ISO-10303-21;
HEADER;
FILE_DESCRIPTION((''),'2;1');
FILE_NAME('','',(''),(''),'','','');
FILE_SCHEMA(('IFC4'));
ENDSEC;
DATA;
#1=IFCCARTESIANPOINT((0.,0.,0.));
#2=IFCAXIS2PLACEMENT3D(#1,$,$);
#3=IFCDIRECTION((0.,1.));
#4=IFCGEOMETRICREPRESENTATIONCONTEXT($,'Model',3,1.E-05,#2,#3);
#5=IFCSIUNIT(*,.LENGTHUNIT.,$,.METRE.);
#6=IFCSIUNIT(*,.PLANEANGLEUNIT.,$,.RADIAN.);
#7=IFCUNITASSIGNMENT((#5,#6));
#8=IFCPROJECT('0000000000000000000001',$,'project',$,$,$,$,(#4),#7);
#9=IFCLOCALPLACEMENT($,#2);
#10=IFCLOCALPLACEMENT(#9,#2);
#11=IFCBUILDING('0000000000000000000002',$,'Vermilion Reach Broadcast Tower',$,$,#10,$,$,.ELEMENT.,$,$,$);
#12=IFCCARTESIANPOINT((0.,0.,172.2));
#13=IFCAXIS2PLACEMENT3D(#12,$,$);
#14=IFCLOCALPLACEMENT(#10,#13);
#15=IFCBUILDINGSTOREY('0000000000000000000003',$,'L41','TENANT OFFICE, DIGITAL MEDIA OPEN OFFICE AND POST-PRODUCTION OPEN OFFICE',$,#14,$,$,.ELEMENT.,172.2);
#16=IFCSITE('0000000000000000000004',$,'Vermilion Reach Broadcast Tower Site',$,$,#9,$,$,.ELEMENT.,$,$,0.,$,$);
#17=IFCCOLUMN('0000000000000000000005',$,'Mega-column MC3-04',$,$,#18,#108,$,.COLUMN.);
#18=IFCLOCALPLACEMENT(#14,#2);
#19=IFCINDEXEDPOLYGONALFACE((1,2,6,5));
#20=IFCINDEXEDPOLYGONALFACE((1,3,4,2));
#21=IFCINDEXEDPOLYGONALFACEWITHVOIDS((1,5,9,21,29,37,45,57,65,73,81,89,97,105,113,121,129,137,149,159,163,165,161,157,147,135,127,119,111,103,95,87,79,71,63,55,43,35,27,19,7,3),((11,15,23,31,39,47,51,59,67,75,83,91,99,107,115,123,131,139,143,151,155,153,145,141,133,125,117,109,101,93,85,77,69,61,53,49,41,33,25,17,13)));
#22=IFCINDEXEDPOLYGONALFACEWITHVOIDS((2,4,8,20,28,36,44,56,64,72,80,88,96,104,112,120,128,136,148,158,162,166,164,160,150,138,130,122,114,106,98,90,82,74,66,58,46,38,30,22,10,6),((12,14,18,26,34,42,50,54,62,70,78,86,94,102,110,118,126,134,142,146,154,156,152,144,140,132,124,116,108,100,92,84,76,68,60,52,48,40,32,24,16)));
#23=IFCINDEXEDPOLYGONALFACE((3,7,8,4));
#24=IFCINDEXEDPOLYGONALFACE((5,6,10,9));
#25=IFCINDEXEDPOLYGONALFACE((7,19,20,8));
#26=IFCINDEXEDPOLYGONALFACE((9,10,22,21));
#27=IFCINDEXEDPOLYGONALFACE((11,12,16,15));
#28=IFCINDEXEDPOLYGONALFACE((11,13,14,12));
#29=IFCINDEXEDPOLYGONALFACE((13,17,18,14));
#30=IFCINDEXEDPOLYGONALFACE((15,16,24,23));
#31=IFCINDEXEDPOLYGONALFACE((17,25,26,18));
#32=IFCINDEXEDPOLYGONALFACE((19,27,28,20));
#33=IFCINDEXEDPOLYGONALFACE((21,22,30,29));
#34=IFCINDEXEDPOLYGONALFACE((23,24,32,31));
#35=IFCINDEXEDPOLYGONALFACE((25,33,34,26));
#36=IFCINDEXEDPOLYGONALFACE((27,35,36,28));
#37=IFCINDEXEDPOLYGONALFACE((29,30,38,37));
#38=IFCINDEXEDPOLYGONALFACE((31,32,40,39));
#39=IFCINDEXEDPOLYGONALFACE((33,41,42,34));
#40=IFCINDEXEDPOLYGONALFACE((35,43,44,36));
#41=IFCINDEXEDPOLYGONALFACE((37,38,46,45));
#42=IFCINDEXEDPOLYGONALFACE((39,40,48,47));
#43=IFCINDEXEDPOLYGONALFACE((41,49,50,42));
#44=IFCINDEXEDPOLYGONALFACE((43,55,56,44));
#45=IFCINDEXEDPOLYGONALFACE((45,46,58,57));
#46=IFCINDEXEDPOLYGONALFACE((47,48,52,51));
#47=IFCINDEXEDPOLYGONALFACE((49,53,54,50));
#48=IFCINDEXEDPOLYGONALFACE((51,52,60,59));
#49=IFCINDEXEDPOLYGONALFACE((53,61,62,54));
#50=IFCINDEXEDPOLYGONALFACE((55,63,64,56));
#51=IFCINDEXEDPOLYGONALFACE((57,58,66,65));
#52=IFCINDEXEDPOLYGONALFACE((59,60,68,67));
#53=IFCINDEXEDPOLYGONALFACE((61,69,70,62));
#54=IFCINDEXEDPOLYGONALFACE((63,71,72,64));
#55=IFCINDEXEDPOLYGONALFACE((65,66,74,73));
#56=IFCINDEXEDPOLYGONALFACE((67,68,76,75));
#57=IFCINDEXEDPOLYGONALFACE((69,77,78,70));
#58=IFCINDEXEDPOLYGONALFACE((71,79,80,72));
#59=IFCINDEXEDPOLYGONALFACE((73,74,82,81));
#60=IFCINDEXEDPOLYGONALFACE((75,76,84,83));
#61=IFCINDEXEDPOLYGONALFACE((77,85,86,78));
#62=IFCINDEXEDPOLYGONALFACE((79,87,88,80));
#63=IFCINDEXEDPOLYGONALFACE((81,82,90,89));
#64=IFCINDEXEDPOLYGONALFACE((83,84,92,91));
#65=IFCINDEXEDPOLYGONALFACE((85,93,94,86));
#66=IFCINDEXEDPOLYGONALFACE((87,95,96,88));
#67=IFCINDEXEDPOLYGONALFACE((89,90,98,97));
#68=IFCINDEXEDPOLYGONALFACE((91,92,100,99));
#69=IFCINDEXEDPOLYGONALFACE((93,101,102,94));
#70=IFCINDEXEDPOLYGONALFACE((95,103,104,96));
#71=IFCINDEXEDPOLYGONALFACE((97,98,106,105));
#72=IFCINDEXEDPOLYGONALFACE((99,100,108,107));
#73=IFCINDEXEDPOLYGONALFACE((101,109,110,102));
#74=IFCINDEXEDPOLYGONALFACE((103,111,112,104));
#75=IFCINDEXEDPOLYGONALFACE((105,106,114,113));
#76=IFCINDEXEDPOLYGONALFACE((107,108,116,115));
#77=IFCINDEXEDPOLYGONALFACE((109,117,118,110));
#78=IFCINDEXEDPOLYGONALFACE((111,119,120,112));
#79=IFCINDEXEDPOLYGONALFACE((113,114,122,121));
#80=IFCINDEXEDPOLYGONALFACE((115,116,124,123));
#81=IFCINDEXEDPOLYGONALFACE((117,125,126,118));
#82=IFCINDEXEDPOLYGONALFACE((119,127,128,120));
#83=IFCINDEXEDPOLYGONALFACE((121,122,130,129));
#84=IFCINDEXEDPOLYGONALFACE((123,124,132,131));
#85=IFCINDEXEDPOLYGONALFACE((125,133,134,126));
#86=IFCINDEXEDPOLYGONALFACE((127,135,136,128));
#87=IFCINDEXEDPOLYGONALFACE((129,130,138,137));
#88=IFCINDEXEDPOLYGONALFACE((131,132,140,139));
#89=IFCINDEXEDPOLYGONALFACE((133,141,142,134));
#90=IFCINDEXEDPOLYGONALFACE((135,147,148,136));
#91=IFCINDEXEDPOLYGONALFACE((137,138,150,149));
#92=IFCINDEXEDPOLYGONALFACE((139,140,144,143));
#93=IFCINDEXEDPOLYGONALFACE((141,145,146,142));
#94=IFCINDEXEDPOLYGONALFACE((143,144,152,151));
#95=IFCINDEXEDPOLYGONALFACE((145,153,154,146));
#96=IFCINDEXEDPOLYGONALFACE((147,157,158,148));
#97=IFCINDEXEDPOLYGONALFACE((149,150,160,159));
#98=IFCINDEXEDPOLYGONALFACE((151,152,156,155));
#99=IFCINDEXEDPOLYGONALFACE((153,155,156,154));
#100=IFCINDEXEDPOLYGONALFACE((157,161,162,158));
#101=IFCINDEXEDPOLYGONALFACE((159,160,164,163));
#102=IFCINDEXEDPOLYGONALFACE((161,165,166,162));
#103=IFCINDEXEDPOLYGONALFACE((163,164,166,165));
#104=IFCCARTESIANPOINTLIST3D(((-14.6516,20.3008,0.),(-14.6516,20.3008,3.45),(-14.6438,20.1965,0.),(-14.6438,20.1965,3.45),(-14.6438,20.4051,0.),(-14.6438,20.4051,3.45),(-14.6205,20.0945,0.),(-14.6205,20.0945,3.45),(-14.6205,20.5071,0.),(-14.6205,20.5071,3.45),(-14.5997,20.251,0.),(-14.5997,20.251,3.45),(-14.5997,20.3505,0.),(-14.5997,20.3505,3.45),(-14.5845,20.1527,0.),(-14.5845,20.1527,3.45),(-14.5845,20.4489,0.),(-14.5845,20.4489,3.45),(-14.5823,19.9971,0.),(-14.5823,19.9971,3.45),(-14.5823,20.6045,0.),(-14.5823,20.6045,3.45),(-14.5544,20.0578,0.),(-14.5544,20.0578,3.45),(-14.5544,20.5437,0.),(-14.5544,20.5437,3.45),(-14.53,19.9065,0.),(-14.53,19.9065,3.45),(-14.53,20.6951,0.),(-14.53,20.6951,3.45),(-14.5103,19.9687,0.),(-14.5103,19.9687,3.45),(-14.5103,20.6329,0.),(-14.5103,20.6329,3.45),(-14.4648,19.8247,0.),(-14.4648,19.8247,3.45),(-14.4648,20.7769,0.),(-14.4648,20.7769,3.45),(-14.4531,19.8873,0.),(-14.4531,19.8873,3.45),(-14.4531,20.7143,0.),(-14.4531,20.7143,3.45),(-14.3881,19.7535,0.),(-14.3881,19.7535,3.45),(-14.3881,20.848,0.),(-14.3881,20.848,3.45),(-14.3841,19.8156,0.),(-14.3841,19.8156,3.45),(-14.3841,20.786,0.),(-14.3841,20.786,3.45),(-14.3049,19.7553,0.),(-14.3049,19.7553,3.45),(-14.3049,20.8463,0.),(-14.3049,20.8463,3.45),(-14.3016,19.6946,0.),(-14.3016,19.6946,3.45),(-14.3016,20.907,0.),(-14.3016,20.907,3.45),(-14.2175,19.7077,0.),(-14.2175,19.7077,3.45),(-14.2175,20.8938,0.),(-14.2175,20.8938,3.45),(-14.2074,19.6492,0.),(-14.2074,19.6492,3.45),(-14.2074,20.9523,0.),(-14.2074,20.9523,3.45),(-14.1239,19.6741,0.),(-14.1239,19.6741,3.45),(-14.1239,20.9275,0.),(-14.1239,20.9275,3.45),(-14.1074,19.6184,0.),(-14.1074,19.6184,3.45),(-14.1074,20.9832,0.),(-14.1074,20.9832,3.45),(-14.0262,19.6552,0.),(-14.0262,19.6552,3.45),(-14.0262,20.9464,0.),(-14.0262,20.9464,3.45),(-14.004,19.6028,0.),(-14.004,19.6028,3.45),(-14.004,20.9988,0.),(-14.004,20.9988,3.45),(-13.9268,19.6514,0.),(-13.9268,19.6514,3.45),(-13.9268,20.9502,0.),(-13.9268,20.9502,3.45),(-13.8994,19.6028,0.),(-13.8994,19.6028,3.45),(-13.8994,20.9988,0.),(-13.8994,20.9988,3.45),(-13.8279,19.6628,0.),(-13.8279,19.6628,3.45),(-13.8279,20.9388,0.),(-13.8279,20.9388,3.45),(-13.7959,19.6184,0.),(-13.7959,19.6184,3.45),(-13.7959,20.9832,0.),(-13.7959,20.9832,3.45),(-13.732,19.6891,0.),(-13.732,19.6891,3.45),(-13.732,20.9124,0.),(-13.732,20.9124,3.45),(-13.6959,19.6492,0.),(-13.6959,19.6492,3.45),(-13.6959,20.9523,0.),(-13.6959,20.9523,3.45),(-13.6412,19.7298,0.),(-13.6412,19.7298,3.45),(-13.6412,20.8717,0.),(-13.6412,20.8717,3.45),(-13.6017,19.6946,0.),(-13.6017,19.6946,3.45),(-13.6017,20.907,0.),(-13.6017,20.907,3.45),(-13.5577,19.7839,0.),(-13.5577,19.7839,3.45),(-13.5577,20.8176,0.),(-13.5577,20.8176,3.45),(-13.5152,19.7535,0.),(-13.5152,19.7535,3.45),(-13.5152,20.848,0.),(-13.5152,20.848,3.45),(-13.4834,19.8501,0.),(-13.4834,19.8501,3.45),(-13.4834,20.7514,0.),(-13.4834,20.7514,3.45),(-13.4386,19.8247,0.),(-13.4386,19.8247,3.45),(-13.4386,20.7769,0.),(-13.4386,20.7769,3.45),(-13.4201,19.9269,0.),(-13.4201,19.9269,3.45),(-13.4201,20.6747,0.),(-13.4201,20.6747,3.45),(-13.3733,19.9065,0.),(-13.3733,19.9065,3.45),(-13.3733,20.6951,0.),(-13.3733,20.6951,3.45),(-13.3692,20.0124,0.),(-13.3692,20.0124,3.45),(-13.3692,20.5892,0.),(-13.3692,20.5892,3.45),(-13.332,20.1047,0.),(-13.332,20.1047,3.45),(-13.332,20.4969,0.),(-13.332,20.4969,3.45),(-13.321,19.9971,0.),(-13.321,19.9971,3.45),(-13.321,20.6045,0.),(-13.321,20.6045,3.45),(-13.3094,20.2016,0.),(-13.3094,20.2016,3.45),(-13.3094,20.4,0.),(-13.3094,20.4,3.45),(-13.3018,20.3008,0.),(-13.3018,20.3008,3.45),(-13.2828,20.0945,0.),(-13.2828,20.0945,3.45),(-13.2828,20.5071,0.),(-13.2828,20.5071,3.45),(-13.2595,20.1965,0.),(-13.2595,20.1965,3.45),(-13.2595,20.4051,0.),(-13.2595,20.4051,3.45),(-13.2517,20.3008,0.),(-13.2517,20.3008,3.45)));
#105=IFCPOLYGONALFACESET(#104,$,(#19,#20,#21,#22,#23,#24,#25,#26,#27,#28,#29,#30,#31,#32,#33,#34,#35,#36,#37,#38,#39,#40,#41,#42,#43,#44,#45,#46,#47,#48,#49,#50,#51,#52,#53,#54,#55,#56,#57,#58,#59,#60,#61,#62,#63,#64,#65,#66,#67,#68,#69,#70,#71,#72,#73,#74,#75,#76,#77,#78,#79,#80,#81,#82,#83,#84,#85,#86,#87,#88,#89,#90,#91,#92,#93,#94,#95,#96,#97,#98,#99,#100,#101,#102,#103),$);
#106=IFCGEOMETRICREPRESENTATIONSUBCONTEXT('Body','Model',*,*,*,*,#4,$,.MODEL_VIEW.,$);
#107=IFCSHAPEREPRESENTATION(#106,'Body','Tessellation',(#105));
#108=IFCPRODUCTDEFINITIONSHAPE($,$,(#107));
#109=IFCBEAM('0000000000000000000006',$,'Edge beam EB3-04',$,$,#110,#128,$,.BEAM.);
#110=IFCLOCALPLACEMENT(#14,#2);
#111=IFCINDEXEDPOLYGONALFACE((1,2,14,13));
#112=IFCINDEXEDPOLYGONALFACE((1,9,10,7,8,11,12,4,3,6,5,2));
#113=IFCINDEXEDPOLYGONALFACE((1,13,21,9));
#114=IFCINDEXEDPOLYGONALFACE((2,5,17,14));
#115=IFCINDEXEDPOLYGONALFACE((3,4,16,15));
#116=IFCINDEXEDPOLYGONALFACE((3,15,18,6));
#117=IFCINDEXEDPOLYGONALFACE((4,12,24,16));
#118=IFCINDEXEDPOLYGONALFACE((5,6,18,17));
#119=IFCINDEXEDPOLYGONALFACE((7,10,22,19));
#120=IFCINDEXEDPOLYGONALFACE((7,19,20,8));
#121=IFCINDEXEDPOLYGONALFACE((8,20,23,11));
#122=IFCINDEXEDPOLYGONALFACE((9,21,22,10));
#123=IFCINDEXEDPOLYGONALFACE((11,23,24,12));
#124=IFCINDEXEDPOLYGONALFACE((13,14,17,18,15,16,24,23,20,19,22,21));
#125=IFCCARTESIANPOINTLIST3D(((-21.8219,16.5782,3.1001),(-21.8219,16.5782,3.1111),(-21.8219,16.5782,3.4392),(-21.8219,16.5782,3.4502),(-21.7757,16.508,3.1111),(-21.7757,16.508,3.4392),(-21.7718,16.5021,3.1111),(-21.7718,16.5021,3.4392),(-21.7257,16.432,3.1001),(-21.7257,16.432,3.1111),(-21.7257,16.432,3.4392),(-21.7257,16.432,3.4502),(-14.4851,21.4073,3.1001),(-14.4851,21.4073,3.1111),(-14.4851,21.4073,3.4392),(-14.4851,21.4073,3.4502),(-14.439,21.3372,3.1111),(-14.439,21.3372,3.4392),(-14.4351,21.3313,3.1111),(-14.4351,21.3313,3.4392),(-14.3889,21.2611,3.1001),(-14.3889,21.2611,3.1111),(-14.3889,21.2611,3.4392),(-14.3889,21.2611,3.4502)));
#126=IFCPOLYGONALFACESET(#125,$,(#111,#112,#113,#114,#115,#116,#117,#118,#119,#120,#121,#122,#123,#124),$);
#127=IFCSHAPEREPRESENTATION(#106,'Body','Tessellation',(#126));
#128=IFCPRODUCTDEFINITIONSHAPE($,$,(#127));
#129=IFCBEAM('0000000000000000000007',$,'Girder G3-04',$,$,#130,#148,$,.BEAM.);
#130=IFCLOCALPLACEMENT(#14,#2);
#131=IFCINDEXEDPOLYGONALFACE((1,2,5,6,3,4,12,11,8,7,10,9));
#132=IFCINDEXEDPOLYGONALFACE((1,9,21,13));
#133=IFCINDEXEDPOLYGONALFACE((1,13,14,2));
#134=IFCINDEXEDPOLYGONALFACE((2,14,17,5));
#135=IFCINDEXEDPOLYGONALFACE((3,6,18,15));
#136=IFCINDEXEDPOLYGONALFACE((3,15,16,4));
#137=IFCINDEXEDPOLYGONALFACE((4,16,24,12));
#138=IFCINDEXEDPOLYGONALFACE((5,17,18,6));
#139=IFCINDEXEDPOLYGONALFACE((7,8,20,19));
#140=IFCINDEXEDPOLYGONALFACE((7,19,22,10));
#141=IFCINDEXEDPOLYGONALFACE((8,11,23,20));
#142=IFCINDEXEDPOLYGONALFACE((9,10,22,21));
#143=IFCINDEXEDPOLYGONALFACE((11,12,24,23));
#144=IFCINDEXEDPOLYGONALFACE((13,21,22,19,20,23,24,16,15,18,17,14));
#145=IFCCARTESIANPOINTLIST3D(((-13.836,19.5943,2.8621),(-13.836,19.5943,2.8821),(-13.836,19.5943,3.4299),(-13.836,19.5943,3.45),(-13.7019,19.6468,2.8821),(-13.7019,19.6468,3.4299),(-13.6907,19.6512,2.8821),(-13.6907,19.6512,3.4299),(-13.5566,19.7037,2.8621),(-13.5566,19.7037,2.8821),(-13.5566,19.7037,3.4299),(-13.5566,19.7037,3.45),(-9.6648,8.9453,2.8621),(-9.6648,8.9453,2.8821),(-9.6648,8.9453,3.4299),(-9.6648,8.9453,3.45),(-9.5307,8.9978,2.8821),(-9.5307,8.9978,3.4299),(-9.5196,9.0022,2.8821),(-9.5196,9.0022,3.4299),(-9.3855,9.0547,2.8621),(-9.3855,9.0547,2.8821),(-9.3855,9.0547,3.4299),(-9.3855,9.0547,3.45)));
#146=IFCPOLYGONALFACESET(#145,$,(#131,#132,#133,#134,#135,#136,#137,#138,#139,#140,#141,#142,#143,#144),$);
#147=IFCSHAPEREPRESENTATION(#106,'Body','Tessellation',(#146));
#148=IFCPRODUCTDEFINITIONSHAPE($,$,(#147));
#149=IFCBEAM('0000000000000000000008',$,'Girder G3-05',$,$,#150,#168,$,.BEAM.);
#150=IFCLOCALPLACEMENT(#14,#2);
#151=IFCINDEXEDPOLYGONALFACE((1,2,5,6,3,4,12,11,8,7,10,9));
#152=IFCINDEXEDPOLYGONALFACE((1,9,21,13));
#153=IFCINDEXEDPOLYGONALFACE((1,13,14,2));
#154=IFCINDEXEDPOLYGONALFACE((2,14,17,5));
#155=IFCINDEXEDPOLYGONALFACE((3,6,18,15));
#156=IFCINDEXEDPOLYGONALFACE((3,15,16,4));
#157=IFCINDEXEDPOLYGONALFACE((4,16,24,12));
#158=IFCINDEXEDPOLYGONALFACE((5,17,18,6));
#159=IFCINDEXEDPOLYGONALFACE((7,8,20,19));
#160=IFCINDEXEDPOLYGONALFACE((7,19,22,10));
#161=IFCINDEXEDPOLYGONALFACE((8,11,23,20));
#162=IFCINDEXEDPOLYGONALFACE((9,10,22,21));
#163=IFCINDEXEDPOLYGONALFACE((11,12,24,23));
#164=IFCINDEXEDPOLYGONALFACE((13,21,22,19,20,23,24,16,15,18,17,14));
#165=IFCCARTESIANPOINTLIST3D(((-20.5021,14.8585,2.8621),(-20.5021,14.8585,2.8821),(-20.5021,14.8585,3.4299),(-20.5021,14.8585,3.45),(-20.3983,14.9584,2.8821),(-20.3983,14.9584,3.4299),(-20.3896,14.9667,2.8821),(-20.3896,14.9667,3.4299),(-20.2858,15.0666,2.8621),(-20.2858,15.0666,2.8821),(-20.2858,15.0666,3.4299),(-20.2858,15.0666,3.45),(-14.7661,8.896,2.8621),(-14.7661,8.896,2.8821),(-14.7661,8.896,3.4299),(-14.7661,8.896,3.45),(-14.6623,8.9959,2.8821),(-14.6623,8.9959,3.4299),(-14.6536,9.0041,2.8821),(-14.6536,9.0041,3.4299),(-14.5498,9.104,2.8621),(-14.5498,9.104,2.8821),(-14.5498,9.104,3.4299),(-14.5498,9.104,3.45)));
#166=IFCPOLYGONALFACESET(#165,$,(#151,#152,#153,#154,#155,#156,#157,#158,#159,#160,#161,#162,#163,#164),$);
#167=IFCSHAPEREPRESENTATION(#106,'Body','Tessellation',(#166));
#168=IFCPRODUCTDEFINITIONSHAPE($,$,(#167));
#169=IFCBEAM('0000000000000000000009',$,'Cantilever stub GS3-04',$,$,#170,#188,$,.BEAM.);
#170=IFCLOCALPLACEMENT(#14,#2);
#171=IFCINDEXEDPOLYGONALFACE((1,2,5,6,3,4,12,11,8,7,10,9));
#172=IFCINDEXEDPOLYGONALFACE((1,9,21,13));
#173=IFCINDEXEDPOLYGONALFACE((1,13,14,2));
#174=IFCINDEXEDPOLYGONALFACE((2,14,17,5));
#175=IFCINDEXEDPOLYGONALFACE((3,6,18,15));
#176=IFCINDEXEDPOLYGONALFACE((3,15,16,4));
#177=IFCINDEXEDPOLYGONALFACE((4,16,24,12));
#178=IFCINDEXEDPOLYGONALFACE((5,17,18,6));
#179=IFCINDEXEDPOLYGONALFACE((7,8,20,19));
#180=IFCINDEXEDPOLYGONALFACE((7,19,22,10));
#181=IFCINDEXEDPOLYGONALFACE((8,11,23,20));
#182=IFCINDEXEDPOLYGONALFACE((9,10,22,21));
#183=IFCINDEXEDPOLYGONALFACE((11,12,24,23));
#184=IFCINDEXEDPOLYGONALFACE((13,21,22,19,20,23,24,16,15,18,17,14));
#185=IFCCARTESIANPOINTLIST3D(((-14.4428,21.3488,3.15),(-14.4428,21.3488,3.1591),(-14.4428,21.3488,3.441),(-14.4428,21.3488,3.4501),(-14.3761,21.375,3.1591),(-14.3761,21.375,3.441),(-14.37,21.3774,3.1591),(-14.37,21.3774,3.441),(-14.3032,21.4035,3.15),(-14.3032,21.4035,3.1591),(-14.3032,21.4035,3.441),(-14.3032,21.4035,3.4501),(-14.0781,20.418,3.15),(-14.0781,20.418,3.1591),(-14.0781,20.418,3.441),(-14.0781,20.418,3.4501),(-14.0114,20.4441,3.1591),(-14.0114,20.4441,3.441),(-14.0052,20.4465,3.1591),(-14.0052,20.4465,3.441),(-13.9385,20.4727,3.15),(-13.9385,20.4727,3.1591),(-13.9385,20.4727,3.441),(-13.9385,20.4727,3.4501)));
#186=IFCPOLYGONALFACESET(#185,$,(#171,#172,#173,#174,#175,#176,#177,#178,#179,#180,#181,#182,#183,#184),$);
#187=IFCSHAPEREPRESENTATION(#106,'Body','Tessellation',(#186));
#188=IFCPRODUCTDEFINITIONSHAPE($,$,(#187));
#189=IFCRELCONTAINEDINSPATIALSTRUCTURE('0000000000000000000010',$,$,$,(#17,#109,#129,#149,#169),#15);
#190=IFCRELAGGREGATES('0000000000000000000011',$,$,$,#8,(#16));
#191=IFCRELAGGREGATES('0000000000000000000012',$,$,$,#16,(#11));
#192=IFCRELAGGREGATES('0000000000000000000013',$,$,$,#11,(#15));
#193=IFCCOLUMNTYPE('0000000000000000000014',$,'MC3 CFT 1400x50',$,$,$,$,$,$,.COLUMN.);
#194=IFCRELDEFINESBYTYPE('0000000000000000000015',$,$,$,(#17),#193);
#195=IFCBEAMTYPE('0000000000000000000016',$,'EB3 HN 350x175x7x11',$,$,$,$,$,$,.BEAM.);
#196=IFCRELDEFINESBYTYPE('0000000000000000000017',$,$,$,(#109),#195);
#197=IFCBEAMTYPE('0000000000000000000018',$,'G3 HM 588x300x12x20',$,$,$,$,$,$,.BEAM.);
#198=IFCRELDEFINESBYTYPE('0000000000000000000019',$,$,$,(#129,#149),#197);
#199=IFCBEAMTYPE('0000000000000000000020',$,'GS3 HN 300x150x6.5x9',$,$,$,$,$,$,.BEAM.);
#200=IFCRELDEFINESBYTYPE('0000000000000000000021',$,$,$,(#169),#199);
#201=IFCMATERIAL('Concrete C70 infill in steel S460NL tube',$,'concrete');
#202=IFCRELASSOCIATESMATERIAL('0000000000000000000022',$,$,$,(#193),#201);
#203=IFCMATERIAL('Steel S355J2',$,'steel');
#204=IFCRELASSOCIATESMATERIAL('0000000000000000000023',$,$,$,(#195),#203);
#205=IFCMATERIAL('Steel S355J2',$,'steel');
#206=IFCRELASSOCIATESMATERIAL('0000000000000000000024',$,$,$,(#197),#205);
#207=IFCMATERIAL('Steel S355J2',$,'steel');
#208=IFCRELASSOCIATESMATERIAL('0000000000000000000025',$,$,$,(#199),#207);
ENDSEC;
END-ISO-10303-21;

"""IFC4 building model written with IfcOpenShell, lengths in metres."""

from ifc_helpers import new_model, si_unit, direction, frame, origin, origin_2d, place, context, subcontext, project, spatial, hollow_circle, i_section, extrude, material, material_profile, profile_set, type_object, element, save


model = new_model("IFC4")

# Units and contexts
model_context = context("Model", 3, precision=1e-05, world=origin(), true_north=direction((0.0, 1.0)))
body_context = subcontext(model_context, "Body", "Model", "MODEL_VIEW")
ifc_project = project(units=[si_unit("LENGTHUNIT", "METRE"), si_unit("PLANEANGLEUNIT", "RADIAN")], contexts=[model_context])

# Site, building, storey
site_placement = place(None, origin())
site = spatial("IfcSite", under=ifc_project, at=site_placement, Name="Vermilion Reach Broadcast Tower Site", CompositionType="ELEMENT", RefElevation=0.0)
building_placement = place(site_placement, origin())
building = spatial("IfcBuilding", under=site, at=building_placement, Name="Vermilion Reach Broadcast Tower", CompositionType="ELEMENT")
storey_placement = place(building_placement, frame((0.0, 0.0, 172.2)))
storey = spatial("IfcBuildingStorey", under=building, at=storey_placement, Name="L41", Description="TENANT OFFICE, DIGITAL MEDIA OPEN OFFICE AND POST-PRODUCTION OPEN OFFICE", CompositionType="ELEMENT", Elevation=172.2)

# Column
ifc_material_1 = material(Name="Concrete C70 infill in steel S460NL tube", Category="concrete")
ifc_material_profile_1 = material_profile(ifc_material_1, hollow_circle(Radius=0.7, WallThickness=0.05, at=origin_2d()), Name="Concrete C70 infill in steel S460NL tube CFT 1400x50")
ifc_profile_set_1 = profile_set([ifc_material_profile_1], Name="Concrete C70 infill in steel S460NL tube")
column_type = type_object("IfcColumnType", Name="MC3 CFT 1400x50", PredefinedType="COLUMN", material=ifc_profile_set_1)
column_placement = place(storey_placement, frame((-13.9517, 20.3008, 0.0), z_axis=(0.0, 0.0, 1.0), x_axis=(1.0, 0.0, 0.0)))
element("IfcColumn", 1, at=column_placement, inside=storey, type_object=column_type, Name="Mega-column MC3-04", PredefinedType="COLUMN", context=body_context, shape_type="SweptSolid", body=[
    extrude(hollow_circle(Radius=0.7, WallThickness=0.05, at=origin_2d()), origin(), (0.0, 0.0, 1.0), 3.45),
])

# Beams
ifc_material_2 = material(Name="Steel S355J2", Category="steel")
ifc_material_profile_2 = material_profile(ifc_material_2, i_section(OverallWidth=0.175, OverallDepth=0.3501, WebThickness=0.0071, FlangeThickness=0.011, at=origin_2d()), Name="S355J2 HN 350x175x7x11")
ifc_profile_set_2 = profile_set([ifc_material_profile_2], Name="Steel S355J2")
beam_type_1 = type_object("IfcBeamType", Name="EB3 HN 350x175x7x11", PredefinedType="BEAM", material=ifc_profile_set_2)
beam_1_placement = place(storey_placement, frame((-14.437, 21.3342, 3.2751), z_axis=(-0.835294, -0.549803, 0.0), x_axis=(0.549803, -0.835294, 0.0)))
element("IfcBeam", 2, at=beam_1_placement, inside=storey, type_object=beam_type_1, Name="Edge beam EB3-04", PredefinedType="BEAM", context=body_context, shape_type="SweptSolid", body=[
    extrude(i_section(OverallWidth=0.175, OverallDepth=0.3501, WebThickness=0.0071, FlangeThickness=0.011, at=origin_2d()), origin(), (0.0, 0.0, 1.0), 8.7834),
])
ifc_material_3 = material(Name="Steel S355J2", Category="steel")
ifc_material_profile_3 = material_profile(ifc_material_3, i_section(OverallWidth=0.3, OverallDepth=0.5879, WebThickness=0.012, FlangeThickness=0.02, at=origin_2d()), Name="S355J2 HM 588x300x12x20")
ifc_profile_set_3 = profile_set([ifc_material_profile_3], Name="Steel S355J2")
beam_type_2 = type_object("IfcBeamType", Name="G3 HM 588x300x12x20", PredefinedType="BEAM", material=ifc_profile_set_3)
beam_2_placement = place(storey_placement, frame((-9.5251, 9.0, 3.156), z_axis=(-0.364716, 0.931119, 0.0), x_axis=(-0.931119, -0.364716, 0.0)))
element("IfcBeam", 3, at=beam_2_placement, inside=storey, type_object=beam_type_2, Name="Girder G3-04", PredefinedType="BEAM", context=body_context, shape_type="SweptSolid", body=[
    extrude(i_section(OverallWidth=0.3, OverallDepth=0.5879, WebThickness=0.012, FlangeThickness=0.02, at=origin_2d()), origin(), (0.0, 0.0, 1.0), 11.4368),
])
beam_3_placement = place(storey_placement, frame((-14.658, 9.0, 3.156), z_axis=(-0.693283, 0.720666, 0.0), x_axis=(-0.720666, -0.693283, 0.0)))
element("IfcBeam", 4, at=beam_3_placement, inside=storey, type_object=beam_type_2, Name="Girder G3-05", PredefinedType="BEAM", context=body_context, shape_type="SweptSolid", body=[
    extrude(i_section(OverallWidth=0.3, OverallDepth=0.5879, WebThickness=0.012, FlangeThickness=0.02, at=origin_2d()), origin(), (0.0, 0.0, 1.0), 8.2737),
])
ifc_material_4 = material(Name="Steel S355J2", Category="steel")
ifc_material_profile_4 = material_profile(ifc_material_4, i_section(OverallWidth=0.1499, OverallDepth=0.3, WebThickness=0.0066, FlangeThickness=0.009, at=origin_2d()), Name="S355J2 HN 300x150x6.5x9")
ifc_profile_set_4 = profile_set([ifc_material_profile_4], Name="Steel S355J2")
beam_type_3 = type_object("IfcBeamType", Name="GS3 HN 300x150x6.5x9", PredefinedType="BEAM", material=ifc_profile_set_4)
beam_4_placement = place(storey_placement, frame((-14.0083, 20.4453, 3.3), z_axis=(-0.364814, 0.931081, 0.0), x_axis=(-0.931081, -0.364814, 0.0)))
element("IfcBeam", 5, at=beam_4_placement, inside=storey, type_object=beam_type_3, Name="Cantilever stub GS3-04", PredefinedType="BEAM", context=body_context, shape_type="SweptSolid", body=[
    extrude(i_section(OverallWidth=0.1499, OverallDepth=0.3, WebThickness=0.0066, FlangeThickness=0.009, at=origin_2d()), origin(), (0.0, 0.0, 1.0), 0.9998),
])

save(model, "model.ifc")
